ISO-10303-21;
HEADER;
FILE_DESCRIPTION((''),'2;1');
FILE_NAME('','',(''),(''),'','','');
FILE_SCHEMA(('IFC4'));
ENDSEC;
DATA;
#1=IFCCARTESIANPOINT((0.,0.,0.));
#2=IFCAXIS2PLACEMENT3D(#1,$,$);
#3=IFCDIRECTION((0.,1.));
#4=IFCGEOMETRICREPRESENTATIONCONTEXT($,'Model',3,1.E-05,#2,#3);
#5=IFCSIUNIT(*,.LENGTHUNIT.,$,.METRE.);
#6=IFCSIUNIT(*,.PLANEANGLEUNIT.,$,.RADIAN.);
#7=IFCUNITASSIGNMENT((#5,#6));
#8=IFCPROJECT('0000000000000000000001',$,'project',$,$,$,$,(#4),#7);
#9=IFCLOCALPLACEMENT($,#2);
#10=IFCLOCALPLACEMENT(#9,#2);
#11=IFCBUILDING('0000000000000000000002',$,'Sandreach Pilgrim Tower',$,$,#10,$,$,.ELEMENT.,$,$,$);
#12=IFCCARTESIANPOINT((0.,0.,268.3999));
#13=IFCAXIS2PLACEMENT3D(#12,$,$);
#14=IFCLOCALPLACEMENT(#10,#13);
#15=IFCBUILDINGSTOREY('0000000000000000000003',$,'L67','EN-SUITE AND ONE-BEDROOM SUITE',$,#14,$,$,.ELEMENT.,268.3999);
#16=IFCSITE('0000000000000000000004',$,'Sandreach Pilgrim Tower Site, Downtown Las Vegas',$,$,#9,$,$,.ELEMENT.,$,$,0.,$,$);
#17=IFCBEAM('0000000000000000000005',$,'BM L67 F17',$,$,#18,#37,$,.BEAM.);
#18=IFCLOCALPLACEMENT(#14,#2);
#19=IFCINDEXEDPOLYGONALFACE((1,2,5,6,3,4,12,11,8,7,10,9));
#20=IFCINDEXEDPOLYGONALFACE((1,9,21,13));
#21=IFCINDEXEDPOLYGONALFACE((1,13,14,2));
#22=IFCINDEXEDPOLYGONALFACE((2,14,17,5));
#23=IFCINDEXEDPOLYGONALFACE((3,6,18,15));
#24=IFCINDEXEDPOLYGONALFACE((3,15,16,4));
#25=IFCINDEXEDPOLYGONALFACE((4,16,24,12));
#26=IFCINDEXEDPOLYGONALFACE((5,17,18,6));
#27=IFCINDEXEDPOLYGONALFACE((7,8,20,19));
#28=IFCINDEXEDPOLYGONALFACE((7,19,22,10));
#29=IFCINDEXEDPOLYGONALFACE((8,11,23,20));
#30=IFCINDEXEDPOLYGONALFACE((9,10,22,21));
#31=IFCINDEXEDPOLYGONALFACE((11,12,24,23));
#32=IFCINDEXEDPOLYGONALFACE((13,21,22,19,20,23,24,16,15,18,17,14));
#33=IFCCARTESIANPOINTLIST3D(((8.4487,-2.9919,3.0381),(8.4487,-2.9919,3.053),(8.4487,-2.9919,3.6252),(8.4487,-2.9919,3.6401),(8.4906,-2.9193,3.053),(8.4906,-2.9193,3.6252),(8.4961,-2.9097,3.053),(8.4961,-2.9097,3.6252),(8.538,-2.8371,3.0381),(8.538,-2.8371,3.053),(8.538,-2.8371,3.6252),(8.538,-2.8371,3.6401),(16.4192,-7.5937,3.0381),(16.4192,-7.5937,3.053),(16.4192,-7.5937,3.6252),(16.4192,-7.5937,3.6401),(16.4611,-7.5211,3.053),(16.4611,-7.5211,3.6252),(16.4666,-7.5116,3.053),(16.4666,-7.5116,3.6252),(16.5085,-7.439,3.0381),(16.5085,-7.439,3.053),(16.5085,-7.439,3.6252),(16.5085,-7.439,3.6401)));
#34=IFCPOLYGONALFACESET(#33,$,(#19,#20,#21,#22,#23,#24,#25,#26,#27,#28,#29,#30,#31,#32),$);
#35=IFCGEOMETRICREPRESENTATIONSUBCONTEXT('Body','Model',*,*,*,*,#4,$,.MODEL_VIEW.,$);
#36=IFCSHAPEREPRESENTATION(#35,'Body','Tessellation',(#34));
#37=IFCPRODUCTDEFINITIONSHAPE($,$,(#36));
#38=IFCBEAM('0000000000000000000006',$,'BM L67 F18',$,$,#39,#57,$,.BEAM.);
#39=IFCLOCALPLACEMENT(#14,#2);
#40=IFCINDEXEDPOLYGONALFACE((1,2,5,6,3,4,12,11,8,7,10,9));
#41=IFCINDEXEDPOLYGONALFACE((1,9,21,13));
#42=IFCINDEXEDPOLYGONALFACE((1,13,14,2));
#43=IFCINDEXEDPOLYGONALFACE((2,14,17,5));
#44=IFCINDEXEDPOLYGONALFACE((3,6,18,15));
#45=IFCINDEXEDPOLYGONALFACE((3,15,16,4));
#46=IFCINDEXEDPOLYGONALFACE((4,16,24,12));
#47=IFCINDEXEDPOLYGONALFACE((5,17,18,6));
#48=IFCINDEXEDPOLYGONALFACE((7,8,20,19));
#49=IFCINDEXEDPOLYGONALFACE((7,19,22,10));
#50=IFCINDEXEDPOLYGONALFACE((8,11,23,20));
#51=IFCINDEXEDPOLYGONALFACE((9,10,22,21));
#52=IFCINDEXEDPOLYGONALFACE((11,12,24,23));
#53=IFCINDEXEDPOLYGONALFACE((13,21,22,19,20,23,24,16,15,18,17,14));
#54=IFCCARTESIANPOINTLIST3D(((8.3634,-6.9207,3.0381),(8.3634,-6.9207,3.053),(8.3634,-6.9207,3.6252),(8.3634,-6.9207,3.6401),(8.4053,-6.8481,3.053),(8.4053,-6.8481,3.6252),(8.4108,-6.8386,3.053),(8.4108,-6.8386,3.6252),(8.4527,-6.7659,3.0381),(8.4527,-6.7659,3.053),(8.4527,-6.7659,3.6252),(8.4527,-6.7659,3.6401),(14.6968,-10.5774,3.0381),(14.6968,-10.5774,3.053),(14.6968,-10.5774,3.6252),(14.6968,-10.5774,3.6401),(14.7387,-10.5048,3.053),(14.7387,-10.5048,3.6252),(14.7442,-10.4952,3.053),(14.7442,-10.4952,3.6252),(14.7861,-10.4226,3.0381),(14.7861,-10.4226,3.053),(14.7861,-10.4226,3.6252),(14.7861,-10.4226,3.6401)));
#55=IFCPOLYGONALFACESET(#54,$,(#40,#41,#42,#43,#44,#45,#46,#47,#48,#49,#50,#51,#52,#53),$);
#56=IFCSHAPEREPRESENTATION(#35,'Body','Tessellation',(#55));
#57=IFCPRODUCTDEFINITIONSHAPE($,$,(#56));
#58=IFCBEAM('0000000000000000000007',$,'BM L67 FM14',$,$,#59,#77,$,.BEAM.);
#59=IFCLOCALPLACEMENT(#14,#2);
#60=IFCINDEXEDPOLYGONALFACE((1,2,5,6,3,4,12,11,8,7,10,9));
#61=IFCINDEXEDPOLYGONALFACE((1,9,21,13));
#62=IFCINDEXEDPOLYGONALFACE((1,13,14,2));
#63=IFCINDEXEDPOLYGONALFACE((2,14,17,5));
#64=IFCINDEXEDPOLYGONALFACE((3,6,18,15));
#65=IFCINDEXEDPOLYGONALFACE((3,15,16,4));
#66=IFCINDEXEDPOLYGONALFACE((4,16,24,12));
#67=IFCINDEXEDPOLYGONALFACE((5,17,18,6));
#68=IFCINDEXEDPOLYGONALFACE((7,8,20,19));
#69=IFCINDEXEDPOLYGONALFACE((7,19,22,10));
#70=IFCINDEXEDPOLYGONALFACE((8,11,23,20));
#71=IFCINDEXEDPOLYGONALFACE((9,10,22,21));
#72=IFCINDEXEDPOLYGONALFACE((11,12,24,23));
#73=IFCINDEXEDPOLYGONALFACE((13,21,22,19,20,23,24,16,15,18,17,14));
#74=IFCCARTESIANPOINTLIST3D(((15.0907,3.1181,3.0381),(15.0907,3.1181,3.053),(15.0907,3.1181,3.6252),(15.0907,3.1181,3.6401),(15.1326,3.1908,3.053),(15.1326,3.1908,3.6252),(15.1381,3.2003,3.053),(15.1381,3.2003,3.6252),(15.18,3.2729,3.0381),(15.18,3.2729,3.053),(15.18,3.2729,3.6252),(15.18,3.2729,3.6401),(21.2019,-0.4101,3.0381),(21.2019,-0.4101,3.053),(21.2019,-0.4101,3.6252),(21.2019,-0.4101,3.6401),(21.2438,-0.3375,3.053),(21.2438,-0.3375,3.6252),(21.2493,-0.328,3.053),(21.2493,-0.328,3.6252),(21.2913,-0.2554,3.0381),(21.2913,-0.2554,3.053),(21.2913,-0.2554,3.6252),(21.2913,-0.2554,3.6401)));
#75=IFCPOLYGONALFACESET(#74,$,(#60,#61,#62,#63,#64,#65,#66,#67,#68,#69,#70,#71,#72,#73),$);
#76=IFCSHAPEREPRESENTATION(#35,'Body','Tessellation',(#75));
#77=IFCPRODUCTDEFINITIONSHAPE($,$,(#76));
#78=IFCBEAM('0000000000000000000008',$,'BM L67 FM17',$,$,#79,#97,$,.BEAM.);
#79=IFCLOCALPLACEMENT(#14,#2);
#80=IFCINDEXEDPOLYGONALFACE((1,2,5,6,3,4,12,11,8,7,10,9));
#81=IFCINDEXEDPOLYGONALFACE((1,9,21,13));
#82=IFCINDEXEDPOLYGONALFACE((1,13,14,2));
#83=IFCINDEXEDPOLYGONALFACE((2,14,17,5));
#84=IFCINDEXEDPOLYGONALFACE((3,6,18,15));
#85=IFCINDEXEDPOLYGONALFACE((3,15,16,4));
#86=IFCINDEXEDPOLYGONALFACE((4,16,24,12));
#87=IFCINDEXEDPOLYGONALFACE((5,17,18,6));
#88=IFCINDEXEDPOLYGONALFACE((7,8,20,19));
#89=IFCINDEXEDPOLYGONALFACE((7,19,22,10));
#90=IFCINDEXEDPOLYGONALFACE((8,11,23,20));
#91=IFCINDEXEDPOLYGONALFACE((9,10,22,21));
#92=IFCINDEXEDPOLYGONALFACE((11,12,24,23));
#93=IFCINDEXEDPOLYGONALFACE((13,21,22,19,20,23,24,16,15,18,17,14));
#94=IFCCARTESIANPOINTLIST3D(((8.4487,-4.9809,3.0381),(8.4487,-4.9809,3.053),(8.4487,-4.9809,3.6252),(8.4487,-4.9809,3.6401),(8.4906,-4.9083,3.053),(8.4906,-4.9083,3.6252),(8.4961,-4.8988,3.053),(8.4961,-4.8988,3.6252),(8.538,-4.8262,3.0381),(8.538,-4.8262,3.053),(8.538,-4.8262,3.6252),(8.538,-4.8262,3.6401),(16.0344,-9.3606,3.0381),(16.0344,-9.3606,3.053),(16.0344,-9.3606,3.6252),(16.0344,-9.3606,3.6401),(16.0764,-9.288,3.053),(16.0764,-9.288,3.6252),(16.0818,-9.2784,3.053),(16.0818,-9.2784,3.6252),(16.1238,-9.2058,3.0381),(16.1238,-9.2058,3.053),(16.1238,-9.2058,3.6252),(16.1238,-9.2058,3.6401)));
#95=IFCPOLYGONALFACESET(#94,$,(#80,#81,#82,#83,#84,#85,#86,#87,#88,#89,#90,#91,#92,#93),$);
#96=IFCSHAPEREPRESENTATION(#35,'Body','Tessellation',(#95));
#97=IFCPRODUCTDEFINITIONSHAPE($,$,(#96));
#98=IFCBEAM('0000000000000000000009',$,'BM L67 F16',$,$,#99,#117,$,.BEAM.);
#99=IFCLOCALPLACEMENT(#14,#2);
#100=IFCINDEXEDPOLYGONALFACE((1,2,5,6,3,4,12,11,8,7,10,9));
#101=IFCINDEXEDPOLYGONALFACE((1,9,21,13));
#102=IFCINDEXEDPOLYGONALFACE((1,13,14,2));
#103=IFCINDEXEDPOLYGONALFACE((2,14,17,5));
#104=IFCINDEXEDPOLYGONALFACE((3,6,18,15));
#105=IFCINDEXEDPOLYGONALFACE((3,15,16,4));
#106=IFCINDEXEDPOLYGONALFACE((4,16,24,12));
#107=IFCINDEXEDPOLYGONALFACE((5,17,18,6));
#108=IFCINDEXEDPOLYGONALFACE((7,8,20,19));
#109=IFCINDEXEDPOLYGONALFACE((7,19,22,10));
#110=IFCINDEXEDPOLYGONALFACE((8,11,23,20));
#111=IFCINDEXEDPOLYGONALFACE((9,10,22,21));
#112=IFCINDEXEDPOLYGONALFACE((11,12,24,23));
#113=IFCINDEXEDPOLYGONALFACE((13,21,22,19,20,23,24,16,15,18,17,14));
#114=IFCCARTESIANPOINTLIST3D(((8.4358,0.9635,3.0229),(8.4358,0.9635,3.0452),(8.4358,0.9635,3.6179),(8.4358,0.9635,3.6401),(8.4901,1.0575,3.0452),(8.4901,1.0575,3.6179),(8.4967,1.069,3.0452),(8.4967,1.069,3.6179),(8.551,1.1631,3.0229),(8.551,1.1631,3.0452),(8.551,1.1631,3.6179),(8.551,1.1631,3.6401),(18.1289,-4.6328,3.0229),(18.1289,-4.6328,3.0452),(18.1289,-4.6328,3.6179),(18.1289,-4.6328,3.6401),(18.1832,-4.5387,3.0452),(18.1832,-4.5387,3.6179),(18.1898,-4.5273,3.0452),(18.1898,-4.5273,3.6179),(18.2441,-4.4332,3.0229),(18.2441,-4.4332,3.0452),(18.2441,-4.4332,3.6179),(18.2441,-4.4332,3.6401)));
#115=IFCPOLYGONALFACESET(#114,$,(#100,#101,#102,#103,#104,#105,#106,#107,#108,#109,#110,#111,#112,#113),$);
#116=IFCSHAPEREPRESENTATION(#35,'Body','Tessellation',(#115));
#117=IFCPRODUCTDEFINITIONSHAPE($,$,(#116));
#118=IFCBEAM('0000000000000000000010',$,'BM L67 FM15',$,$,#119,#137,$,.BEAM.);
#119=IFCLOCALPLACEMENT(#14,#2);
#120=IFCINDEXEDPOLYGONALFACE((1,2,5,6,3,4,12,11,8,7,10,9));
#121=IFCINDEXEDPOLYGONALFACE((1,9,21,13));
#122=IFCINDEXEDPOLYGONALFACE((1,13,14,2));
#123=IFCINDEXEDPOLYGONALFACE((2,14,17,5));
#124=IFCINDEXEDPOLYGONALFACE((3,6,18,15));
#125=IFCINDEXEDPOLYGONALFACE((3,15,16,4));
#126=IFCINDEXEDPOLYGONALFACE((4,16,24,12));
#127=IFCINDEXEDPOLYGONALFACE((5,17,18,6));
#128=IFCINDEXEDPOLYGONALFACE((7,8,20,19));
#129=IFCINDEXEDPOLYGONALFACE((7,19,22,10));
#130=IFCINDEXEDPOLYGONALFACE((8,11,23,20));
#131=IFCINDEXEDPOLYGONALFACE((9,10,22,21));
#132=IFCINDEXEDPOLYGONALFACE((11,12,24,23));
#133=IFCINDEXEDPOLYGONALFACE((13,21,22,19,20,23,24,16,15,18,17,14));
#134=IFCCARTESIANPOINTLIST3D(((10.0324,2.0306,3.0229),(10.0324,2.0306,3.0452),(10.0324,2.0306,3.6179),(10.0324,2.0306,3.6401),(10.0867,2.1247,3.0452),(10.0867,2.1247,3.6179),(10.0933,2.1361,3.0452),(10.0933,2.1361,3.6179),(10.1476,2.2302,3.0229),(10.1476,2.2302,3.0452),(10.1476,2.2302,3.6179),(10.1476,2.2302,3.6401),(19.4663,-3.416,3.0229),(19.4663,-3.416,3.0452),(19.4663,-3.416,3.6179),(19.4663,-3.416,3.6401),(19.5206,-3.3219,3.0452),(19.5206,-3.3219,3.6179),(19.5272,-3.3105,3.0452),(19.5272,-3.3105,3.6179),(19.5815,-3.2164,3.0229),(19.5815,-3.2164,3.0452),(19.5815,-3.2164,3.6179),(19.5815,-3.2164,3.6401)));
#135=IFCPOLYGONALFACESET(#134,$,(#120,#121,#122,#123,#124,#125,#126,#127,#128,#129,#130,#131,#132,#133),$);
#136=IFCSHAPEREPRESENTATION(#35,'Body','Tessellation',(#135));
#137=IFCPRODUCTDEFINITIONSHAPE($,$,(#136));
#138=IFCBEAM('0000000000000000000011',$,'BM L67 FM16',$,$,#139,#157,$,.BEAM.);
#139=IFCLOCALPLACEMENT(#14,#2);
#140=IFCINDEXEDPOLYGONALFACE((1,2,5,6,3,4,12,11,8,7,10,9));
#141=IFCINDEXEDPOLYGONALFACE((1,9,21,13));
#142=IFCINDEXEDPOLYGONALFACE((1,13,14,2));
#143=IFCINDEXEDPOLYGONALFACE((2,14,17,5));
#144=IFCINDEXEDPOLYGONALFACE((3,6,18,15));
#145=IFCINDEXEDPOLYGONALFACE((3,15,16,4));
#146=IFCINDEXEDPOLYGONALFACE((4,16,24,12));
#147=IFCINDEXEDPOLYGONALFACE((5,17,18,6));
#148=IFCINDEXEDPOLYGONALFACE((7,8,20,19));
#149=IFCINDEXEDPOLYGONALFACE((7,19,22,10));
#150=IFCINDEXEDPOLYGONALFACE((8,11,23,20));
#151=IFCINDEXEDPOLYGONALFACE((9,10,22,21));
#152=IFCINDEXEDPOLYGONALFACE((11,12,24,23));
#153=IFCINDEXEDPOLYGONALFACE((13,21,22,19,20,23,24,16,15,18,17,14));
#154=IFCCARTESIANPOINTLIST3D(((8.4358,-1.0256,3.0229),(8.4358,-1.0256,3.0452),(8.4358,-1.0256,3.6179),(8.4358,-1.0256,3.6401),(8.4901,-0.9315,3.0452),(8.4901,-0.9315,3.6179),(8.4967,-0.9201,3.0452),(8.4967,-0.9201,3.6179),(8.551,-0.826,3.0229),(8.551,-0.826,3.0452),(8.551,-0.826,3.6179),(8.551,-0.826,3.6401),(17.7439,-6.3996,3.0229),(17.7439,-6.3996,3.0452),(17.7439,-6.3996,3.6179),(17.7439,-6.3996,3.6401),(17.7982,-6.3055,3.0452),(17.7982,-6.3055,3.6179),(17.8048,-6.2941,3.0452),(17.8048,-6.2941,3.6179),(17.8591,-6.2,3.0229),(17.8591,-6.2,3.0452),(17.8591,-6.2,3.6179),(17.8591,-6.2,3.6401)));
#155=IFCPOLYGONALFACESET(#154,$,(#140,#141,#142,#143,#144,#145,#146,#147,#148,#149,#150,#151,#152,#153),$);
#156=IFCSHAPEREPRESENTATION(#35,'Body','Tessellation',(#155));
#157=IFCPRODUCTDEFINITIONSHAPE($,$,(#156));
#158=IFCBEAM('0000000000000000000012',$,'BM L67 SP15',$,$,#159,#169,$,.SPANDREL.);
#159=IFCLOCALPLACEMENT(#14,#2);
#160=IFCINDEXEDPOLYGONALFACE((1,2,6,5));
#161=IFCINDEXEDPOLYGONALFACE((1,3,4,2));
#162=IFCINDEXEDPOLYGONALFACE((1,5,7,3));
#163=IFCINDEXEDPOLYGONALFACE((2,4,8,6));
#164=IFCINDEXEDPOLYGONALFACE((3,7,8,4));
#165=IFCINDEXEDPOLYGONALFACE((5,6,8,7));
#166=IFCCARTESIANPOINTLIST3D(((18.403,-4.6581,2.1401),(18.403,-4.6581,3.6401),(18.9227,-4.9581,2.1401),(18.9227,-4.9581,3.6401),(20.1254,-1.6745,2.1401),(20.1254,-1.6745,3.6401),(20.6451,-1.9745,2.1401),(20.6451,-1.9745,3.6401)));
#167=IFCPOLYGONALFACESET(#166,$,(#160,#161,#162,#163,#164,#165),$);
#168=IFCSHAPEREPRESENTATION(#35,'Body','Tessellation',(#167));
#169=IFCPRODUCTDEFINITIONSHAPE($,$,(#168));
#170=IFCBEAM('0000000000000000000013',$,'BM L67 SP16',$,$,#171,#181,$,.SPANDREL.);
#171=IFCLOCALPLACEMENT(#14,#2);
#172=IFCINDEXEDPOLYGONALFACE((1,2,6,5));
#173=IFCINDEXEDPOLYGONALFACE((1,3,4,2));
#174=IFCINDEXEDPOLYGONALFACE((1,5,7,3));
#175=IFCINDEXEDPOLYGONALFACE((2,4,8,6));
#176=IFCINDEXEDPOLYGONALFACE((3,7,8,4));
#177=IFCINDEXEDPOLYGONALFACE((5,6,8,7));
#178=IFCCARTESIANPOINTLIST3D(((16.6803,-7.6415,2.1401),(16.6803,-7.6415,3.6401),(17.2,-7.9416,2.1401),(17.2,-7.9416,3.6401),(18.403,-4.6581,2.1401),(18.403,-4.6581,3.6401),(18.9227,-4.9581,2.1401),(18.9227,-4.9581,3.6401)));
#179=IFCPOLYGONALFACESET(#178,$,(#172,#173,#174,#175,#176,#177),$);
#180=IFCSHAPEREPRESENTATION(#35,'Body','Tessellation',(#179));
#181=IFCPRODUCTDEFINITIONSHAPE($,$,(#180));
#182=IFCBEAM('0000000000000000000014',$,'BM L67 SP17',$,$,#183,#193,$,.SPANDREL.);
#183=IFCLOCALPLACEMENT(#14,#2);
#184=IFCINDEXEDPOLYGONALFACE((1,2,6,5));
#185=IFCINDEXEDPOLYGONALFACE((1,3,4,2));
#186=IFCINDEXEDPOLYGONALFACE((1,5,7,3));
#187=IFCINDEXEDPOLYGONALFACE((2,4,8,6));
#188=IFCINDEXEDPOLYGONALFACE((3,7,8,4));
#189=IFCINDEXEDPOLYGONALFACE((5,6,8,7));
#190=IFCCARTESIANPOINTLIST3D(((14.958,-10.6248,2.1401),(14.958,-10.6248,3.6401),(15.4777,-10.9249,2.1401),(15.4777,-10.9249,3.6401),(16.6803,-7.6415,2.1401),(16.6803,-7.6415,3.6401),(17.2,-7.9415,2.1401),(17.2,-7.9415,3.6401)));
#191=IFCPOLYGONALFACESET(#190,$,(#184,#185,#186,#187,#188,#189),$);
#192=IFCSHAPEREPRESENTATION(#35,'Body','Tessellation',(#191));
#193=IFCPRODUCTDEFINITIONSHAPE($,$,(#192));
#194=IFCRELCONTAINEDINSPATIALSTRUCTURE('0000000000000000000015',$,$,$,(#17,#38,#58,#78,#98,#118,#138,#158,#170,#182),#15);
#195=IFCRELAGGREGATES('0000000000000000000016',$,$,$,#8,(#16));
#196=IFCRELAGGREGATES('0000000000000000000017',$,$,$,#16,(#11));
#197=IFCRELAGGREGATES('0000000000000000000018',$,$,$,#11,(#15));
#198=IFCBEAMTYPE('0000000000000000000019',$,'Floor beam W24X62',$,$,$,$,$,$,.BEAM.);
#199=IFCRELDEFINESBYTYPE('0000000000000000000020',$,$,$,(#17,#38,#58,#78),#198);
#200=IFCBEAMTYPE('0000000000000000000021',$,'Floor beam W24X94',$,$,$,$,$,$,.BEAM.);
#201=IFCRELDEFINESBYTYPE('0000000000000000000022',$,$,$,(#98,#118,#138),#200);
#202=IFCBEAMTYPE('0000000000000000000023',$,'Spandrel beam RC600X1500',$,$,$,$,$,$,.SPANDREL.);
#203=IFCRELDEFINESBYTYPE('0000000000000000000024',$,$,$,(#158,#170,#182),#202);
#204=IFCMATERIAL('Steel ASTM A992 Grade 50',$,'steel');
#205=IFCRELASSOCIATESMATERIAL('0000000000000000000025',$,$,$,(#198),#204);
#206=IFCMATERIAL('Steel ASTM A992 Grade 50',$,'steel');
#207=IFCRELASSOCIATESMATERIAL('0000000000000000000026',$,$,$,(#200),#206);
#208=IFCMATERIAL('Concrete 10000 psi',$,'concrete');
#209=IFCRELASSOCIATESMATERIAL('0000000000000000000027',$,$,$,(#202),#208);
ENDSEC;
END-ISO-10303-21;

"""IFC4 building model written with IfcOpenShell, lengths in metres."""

from ifc_helpers import new_model, si_unit, direction, frame, origin, origin_2d, place, context, subcontext, project, spatial, rectangle, i_section, extrude, material, material_profile, profile_set, type_object, element, save


model = new_model("IFC4")

# Units and contexts
model_context = context("Model", 3, precision=1e-05, world=origin(), true_north=direction((0.0, 1.0)))
body_context = subcontext(model_context, "Body", "Model", "MODEL_VIEW")
ifc_project = project(units=[si_unit("LENGTHUNIT", "METRE"), si_unit("PLANEANGLEUNIT", "RADIAN")], contexts=[model_context])

# Site, building, storey
site_placement = place(None, origin())
site = spatial("IfcSite", under=ifc_project, at=site_placement, Name="Sandreach Pilgrim Tower Site, Downtown Las Vegas", CompositionType="ELEMENT", RefElevation=0.0)
building_placement = place(site_placement, origin())
building = spatial("IfcBuilding", under=site, at=building_placement, Name="Sandreach Pilgrim Tower", CompositionType="ELEMENT")
storey_placement = place(building_placement, frame((0.0, 0.0, 268.3999)))
storey = spatial("IfcBuildingStorey", under=building, at=storey_placement, Name="L67", Description="EN-SUITE AND ONE-BEDROOM SUITE", CompositionType="ELEMENT", Elevation=268.3999)

# Beams
ifc_material_1 = material(Name="Steel ASTM A992 Grade 50", Category="steel")
ifc_material_profile_1 = material_profile(ifc_material_1, i_section(OverallWidth=0.1787, OverallDepth=0.6021, WebThickness=0.011, FlangeThickness=0.0149, at=origin_2d()), Name="W24X62")
ifc_profile_set_1 = profile_set([ifc_material_profile_1], Name="Steel ASTM A992 Grade 50")
beam_type_1 = type_object("IfcBeamType", Name="Floor beam W24X62", PredefinedType="BEAM", material=ifc_profile_set_1)
beam_1_placement = place(storey_placement, frame((16.4639, -7.5164, 3.3391), z_axis=(-0.866023, 0.500005, 0.0), x_axis=(-0.500005, -0.866023, 0.0)))
element("IfcBeam", 1, at=beam_1_placement, inside=storey, type_object=beam_type_1, Name="BM L67 F17", PredefinedType="BEAM", context=body_context, shape_type="SweptSolid", body=[
    extrude(i_section(OverallWidth=0.1787, OverallDepth=0.6021, WebThickness=0.011, FlangeThickness=0.0149, at=origin_2d()), origin(), (0.0, 0.0, 1.0), 9.2036),
])
beam_2_placement = place(storey_placement, frame((14.7415, -10.5, 3.3391), z_axis=(-0.86602, 0.500009, 0.0), x_axis=(-0.500009, -0.86602, 0.0)))
element("IfcBeam", 2, at=beam_2_placement, inside=storey, type_object=beam_type_1, Name="BM L67 F18", PredefinedType="BEAM", context=body_context, shape_type="SweptSolid", body=[
    extrude(i_section(OverallWidth=0.1787, OverallDepth=0.6021, WebThickness=0.011, FlangeThickness=0.0149, at=origin_2d()), origin(), (0.0, 0.0, 1.0), 7.3132),
])
beam_3_placement = place(storey_placement, frame((21.2466, -0.3328, 3.3391), z_axis=(-0.866029, 0.499994, 0.0), x_axis=(-0.499994, -0.866029, 0.0)))
element("IfcBeam", 3, at=beam_3_placement, inside=storey, type_object=beam_type_1, Name="BM L67 FM14", PredefinedType="BEAM", context=body_context, shape_type="SweptSolid", body=[
    extrude(i_section(OverallWidth=0.1787, OverallDepth=0.6021, WebThickness=0.011, FlangeThickness=0.0149, at=origin_2d()), origin(), (0.0, 0.0, 1.0), 7.0566),
])
beam_4_placement = place(storey_placement, frame((16.0791, -9.2832, 3.3391), z_axis=(-0.866024, 0.500003, 0.0), x_axis=(-0.500003, -0.866024, 0.0)))
element("IfcBeam", 4, at=beam_4_placement, inside=storey, type_object=beam_type_1, Name="BM L67 FM17", PredefinedType="BEAM", context=body_context, shape_type="SweptSolid", body=[
    extrude(i_section(OverallWidth=0.1787, OverallDepth=0.6021, WebThickness=0.011, FlangeThickness=0.0149, at=origin_2d()), origin(), (0.0, 0.0, 1.0), 8.7593),
])
ifc_material_2 = material(Name="Steel ASTM A992 Grade 50", Category="steel")
ifc_material_profile_2 = material_profile(ifc_material_2, i_section(OverallWidth=0.2305, OverallDepth=0.6172, WebThickness=0.0132, FlangeThickness=0.0222, at=origin_2d()), Name="W24X94")
ifc_profile_set_2 = profile_set([ifc_material_profile_2], Name="Steel ASTM A992 Grade 50")
beam_type_2 = type_object("IfcBeamType", Name="Floor beam W24X94", PredefinedType="BEAM", material=ifc_profile_set_2)
beam_5_placement = place(storey_placement, frame((18.1865, -4.533, 3.3315), z_axis=(-0.86603, 0.499991, 0.0), x_axis=(-0.499991, -0.86603, 0.0)))
element("IfcBeam", 5, at=beam_5_placement, inside=storey, type_object=beam_type_2, Name="BM L67 F16", PredefinedType="BEAM", context=body_context, shape_type="SweptSolid", body=[
    extrude(i_section(OverallWidth=0.2305, OverallDepth=0.6172, WebThickness=0.0132, FlangeThickness=0.0222, at=origin_2d()), origin(), (0.0, 0.0, 1.0), 11.1926),
])
beam_6_placement = place(storey_placement, frame((19.5239, -3.3162, 3.3315), z_axis=(-0.866029, 0.499993, 0.0), x_axis=(-0.499993, -0.866029, 0.0)))
element("IfcBeam", 6, at=beam_6_placement, inside=storey, type_object=beam_type_2, Name="BM L67 FM15", PredefinedType="BEAM", context=body_context, shape_type="SweptSolid", body=[
    extrude(i_section(OverallWidth=0.2305, OverallDepth=0.6172, WebThickness=0.0132, FlangeThickness=0.0222, at=origin_2d()), origin(), (0.0, 0.0, 1.0), 10.8933),
])
beam_7_placement = place(storey_placement, frame((17.8015, -6.2998, 3.3315), z_axis=(-0.866026, 0.499999, 0.0), x_axis=(-0.499999, -0.866026, 0.0)))
element("IfcBeam", 7, at=beam_7_placement, inside=storey, type_object=beam_type_2, Name="BM L67 FM16", PredefinedType="BEAM", context=body_context, shape_type="SweptSolid", body=[
    extrude(i_section(OverallWidth=0.2305, OverallDepth=0.6172, WebThickness=0.0132, FlangeThickness=0.0222, at=origin_2d()), origin(), (0.0, 0.0, 1.0), 10.748),
])
ifc_material_3 = material(Name="Concrete 10000 psi", Category="concrete")
ifc_material_profile_3 = material_profile(ifc_material_3, rectangle(XDim=0.6001, YDim=1.5, at=origin_2d()), Name="RC600X1500")
ifc_profile_set_3 = profile_set([ifc_material_profile_3], Name="Concrete 10000 psi")
beam_type_3 = type_object("IfcBeamType", Name="Spandrel beam RC600X1500", PredefinedType="SPANDREL", material=ifc_profile_set_3)
for number, where, z_axis, x_axis, name in (
    (8, (20.3853, -1.8245, 2.8901), (-0.499958, -0.86605, 0.0), (0.86605, -0.499958, 0.0), "BM L67 SP15"),
    (9, (18.6628, -4.8081, 2.8901), (-0.500041, -0.866001, 0.0), (0.866001, -0.500041, 0.0), "BM L67 SP16"),
):
    element("IfcBeam", number, at=place(storey_placement, frame(where, z_axis=z_axis, x_axis=x_axis)), inside=storey, type_object=beam_type_3, Name=name, PredefinedType="SPANDREL", context=body_context, shape_type="SweptSolid", body=[
        extrude(rectangle(XDim=0.6001, YDim=1.5, at=origin_2d()), origin(), (0.0, 0.0, 1.0), 3.4451),
    ])
beam_8_placement = place(storey_placement, frame((16.9402, -7.7915, 2.8901), z_axis=(-0.499988, -0.866032, 0.0), x_axis=(0.866032, -0.499988, 0.0)))
element("IfcBeam", 10, at=beam_8_placement, inside=storey, type_object=beam_type_3, Name="BM L67 SP17", PredefinedType="SPANDREL", context=body_context, shape_type="SweptSolid", body=[
    extrude(rectangle(XDim=0.6001, YDim=1.5, at=origin_2d()), origin(), (0.0, 0.0, 1.0), 3.4448),
])

save(model, "model.ifc")
